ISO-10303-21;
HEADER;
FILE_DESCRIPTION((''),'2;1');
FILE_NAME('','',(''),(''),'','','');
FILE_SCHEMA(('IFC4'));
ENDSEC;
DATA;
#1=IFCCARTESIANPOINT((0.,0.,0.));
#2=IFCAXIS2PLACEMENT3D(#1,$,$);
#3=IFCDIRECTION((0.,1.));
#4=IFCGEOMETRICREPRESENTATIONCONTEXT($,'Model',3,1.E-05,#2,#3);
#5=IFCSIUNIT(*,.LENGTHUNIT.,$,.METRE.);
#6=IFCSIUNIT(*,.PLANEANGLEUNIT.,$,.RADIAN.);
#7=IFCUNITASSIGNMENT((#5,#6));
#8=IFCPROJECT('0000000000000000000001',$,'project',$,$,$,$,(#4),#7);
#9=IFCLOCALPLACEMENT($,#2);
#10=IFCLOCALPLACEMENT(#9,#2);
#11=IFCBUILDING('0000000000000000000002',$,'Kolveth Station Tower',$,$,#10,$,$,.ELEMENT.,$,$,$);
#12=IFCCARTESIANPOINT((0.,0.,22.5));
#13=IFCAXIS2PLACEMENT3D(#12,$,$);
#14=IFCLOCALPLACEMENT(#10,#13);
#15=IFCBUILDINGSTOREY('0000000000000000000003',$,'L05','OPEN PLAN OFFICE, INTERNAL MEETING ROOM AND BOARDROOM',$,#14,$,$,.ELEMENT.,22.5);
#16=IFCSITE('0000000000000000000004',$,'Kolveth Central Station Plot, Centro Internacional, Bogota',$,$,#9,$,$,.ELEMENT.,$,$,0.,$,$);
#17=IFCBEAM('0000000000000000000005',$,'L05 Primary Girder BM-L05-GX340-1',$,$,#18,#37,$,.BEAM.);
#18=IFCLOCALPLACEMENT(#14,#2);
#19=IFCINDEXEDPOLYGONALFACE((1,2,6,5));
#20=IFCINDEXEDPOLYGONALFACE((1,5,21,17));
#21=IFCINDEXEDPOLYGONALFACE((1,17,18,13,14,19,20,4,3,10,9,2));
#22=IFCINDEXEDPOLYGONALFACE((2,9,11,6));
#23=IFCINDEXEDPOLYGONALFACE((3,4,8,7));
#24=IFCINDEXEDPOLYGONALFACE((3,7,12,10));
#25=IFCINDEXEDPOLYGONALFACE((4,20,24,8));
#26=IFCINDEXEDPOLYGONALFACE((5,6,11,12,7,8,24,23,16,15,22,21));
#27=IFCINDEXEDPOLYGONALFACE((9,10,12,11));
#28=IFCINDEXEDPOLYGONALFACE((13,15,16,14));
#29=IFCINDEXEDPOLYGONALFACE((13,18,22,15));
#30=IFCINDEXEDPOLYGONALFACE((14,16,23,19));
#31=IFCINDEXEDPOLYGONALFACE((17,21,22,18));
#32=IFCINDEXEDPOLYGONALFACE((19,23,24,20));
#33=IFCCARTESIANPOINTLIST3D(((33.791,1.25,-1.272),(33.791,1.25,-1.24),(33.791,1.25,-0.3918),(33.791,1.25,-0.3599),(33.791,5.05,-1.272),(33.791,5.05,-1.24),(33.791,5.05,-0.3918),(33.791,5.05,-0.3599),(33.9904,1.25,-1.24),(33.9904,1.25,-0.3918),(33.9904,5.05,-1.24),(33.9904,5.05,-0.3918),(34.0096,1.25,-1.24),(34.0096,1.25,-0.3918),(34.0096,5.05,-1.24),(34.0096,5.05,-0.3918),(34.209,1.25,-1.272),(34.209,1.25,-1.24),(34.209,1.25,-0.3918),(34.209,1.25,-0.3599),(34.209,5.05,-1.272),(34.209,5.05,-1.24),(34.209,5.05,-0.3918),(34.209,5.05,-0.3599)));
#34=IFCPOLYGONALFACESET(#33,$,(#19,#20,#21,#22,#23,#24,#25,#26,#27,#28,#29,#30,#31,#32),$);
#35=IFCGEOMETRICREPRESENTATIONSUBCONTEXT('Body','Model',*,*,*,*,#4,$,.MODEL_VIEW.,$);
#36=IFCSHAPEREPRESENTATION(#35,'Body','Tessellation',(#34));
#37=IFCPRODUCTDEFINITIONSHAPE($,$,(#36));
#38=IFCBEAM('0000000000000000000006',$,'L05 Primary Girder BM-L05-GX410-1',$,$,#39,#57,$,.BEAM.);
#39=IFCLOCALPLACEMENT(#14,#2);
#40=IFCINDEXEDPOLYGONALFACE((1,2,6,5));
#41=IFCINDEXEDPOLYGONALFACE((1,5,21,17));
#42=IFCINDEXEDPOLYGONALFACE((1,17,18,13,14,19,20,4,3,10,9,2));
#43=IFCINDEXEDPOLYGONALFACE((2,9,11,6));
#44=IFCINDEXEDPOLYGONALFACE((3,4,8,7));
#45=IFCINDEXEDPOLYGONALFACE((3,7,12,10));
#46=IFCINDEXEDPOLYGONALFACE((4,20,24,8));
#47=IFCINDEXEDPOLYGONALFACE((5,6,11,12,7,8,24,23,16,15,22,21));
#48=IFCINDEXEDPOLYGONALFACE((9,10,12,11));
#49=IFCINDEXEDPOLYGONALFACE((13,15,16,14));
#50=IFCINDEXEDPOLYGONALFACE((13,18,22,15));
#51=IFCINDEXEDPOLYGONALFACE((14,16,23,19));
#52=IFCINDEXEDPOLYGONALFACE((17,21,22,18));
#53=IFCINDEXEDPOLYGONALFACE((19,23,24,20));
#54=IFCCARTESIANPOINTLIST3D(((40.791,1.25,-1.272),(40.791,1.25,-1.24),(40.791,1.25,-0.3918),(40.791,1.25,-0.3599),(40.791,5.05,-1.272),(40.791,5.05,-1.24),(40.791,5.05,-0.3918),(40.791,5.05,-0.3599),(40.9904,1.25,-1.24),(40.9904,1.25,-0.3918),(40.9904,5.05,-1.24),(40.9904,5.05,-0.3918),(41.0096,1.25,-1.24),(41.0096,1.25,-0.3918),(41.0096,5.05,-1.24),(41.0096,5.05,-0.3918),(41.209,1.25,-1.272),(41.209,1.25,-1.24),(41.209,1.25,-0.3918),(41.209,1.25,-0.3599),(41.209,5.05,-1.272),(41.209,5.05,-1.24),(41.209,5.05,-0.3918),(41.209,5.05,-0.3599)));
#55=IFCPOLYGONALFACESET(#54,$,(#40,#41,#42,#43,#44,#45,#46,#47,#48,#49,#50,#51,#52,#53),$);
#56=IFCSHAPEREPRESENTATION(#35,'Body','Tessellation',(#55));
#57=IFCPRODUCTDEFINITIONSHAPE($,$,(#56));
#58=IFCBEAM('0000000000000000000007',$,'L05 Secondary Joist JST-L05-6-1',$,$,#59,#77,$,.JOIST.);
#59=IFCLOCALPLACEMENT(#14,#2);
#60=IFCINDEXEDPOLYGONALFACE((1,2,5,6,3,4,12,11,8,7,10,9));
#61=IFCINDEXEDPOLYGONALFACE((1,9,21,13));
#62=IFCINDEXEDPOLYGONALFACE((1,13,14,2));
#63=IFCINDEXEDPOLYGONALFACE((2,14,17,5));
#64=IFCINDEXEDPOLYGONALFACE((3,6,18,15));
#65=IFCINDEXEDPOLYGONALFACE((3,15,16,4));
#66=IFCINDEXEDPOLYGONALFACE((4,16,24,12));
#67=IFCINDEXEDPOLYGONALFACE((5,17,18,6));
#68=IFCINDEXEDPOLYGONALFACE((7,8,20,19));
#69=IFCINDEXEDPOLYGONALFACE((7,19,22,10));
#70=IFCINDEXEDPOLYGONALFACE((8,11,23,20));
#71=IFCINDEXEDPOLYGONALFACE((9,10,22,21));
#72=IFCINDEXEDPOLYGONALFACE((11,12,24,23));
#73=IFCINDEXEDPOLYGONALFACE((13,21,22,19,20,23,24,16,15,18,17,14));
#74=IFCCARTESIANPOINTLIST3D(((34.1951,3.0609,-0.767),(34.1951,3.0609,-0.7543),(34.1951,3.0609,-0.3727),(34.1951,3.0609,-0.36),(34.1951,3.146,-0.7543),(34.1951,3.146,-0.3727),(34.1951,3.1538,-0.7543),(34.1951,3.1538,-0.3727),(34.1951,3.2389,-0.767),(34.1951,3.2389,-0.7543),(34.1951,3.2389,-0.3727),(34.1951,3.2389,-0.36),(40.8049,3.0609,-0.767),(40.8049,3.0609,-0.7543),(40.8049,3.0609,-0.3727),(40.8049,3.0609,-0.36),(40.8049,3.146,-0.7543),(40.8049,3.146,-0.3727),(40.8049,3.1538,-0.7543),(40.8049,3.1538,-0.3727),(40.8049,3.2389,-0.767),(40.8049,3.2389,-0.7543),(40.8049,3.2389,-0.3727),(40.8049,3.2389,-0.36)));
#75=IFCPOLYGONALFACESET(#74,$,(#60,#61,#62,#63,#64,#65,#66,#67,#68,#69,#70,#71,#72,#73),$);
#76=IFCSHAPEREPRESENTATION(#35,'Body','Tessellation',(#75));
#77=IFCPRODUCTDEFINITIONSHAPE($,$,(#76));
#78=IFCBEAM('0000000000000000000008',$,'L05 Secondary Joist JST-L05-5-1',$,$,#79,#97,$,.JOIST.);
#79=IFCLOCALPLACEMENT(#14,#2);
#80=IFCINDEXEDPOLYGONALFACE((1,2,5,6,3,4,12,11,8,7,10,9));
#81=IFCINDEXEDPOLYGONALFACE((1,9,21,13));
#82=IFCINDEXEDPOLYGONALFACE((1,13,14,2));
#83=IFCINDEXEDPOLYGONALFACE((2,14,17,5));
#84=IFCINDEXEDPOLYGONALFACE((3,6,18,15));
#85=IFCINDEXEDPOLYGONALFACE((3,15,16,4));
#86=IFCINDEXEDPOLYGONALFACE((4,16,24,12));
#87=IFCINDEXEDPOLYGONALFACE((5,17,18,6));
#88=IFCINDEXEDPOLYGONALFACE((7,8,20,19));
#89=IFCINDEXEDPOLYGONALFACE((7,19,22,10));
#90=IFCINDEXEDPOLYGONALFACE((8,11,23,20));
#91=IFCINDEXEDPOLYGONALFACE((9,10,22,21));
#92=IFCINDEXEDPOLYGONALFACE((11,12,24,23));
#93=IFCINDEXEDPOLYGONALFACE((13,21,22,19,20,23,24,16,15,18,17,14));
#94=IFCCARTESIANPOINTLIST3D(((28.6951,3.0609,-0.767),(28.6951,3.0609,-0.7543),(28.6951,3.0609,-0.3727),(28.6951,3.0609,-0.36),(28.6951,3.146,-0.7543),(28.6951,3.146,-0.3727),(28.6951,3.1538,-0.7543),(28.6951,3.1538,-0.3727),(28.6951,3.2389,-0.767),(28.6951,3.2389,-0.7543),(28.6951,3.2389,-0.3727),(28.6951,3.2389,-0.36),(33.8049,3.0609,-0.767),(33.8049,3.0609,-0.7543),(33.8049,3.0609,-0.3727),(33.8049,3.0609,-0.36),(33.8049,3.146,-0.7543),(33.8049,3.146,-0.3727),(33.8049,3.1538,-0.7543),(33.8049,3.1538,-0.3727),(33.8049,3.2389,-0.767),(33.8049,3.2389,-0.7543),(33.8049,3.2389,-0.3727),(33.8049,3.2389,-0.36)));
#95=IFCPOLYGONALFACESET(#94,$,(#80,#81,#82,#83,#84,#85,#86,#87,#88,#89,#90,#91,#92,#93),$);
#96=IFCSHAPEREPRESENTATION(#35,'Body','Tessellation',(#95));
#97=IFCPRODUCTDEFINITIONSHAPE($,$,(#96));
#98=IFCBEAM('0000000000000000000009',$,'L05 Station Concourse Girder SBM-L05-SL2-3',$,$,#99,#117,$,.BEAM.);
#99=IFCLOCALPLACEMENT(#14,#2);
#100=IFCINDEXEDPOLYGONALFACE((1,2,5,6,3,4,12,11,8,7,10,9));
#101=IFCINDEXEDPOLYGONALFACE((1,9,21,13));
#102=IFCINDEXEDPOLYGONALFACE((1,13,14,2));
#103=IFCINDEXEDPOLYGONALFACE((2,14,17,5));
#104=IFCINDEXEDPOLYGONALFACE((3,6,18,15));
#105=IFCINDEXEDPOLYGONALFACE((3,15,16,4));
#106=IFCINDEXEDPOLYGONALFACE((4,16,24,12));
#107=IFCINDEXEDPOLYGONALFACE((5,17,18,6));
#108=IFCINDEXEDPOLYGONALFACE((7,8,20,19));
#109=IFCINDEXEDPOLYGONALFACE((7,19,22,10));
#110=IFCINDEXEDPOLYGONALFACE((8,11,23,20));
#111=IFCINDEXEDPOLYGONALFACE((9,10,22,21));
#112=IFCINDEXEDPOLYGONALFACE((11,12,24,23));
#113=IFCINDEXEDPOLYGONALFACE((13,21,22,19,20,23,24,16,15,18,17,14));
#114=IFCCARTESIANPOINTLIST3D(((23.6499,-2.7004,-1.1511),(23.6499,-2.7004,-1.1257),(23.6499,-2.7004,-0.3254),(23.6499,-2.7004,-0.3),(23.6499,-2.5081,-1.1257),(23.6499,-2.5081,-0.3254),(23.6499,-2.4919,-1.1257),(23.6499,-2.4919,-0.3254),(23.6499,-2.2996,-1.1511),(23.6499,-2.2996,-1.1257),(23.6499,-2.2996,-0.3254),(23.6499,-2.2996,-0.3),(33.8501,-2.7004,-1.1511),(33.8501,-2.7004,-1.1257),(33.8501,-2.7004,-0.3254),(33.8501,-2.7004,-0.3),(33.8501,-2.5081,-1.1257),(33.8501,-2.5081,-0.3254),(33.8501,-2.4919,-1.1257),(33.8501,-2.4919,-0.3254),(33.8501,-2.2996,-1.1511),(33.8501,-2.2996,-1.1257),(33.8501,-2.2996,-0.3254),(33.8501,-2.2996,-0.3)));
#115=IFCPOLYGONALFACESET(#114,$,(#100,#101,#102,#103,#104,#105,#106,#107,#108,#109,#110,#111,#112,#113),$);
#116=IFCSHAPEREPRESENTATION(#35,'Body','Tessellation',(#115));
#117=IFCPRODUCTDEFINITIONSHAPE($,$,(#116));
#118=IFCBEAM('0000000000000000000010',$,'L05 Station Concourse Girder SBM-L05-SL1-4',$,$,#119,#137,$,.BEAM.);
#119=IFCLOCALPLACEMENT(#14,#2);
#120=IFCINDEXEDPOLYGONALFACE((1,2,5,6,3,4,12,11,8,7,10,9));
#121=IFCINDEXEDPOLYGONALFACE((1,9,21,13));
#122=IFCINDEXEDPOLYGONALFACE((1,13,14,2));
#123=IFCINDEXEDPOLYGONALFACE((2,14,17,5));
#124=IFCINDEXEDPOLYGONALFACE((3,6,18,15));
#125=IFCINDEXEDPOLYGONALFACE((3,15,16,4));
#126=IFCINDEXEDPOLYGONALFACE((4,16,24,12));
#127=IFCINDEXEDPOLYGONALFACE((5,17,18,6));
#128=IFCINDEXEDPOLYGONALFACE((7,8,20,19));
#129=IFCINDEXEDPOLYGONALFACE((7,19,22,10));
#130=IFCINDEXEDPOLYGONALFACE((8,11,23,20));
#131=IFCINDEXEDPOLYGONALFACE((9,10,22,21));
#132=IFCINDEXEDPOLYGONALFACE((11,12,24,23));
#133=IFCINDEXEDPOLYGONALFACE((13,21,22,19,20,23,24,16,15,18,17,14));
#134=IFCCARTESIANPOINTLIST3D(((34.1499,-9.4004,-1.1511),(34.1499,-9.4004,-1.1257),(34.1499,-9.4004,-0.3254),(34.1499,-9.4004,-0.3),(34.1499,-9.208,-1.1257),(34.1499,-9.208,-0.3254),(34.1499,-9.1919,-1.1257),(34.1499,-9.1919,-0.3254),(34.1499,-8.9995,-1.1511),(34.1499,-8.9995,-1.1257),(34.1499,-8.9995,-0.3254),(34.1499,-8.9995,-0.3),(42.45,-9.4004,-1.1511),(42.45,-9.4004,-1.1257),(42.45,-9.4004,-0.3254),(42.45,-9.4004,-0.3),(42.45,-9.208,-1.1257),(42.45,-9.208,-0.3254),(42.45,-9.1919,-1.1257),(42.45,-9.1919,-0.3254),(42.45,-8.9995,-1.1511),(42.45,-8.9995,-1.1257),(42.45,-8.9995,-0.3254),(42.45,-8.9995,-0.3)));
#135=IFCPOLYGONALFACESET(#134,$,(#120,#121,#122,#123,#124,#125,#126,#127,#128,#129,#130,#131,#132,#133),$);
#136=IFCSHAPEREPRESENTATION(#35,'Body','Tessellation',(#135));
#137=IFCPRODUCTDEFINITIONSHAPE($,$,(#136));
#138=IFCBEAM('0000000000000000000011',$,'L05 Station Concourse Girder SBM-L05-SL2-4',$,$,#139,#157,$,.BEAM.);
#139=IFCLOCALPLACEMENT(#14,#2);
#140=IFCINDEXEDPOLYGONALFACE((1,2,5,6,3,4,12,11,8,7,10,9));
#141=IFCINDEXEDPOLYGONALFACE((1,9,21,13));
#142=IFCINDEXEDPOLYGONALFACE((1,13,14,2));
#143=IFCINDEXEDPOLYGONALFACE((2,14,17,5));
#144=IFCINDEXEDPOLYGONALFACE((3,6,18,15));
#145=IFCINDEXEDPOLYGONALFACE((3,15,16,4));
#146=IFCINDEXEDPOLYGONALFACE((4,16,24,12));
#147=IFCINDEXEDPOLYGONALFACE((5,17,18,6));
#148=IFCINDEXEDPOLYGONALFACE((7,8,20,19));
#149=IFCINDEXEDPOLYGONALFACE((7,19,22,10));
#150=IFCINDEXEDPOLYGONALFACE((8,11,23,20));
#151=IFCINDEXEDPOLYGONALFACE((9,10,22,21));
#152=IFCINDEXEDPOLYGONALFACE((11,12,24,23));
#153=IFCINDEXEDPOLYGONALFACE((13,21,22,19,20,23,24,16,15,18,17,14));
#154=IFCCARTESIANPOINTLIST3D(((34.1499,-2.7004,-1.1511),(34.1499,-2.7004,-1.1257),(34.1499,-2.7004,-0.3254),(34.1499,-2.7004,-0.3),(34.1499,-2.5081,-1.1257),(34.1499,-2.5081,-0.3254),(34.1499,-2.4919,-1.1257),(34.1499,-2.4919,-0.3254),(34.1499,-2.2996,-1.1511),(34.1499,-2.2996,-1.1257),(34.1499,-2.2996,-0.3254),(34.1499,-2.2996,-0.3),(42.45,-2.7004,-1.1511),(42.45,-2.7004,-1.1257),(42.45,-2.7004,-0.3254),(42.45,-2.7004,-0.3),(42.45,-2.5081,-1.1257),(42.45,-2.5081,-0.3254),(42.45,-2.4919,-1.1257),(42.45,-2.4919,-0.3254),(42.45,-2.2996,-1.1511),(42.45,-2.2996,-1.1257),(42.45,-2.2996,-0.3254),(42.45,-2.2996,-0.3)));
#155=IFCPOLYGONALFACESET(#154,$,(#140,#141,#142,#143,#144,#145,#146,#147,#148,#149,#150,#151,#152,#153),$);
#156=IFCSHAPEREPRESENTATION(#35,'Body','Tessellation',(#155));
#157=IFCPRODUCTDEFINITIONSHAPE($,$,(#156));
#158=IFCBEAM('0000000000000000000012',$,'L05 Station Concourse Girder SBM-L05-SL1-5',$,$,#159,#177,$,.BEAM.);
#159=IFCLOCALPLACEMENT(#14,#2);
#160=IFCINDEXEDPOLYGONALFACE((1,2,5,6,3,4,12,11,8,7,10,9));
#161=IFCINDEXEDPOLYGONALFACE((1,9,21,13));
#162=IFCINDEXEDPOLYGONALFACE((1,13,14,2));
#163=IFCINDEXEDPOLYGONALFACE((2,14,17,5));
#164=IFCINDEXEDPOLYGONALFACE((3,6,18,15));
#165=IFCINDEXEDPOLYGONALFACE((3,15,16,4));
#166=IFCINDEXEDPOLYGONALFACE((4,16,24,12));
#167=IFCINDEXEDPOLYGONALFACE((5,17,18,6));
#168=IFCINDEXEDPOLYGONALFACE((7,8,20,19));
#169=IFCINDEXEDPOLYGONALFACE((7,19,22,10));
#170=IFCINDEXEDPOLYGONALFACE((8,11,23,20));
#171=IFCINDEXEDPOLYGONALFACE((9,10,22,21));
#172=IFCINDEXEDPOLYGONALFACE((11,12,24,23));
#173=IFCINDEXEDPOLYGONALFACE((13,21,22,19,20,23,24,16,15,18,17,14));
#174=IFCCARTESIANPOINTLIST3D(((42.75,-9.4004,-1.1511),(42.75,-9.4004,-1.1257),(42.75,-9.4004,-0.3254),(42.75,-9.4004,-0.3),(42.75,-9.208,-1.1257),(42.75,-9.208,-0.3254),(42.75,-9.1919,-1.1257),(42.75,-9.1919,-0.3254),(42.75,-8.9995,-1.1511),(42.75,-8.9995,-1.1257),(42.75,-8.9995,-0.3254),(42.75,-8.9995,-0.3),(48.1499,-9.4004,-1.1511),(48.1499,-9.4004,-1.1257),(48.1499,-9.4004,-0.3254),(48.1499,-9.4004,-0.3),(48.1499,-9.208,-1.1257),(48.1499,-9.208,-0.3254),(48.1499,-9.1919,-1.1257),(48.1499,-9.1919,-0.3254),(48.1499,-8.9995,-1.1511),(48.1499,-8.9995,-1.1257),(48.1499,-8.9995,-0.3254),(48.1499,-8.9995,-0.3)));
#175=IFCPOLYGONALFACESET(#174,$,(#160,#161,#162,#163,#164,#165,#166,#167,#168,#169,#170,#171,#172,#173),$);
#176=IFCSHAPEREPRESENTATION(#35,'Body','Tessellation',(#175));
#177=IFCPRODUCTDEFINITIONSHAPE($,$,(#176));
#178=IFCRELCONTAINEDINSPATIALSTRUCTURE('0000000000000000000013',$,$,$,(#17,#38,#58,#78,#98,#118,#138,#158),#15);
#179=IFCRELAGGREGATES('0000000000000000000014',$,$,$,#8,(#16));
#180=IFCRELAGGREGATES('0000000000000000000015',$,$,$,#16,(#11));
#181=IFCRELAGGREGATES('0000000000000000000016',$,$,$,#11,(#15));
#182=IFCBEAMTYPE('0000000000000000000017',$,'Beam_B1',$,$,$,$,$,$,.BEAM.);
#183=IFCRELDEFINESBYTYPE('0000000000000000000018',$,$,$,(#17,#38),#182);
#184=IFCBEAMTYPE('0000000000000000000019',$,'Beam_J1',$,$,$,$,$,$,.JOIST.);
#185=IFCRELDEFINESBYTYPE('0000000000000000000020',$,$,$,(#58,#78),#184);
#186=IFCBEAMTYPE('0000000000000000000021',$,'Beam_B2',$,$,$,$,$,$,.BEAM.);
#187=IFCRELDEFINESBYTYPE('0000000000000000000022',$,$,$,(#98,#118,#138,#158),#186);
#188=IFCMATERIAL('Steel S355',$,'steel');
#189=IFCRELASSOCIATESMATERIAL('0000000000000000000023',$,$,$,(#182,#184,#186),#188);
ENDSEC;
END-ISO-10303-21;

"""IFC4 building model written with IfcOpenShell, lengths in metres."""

from ifc_helpers import new_model, si_unit, direction, frame, origin, origin_2d, place, context, subcontext, project, spatial, i_section, extrude, source, transform, mapped, material, material_profile, profile_set, type_object, element, save


model = new_model("IFC4")

# Units and contexts
model_context = context("Model", 3, precision=1e-05, world=origin(), true_north=direction((0.0, 1.0)))
body_context = subcontext(model_context, "Body", "Model", "MODEL_VIEW")
ifc_project = project(units=[si_unit("LENGTHUNIT", "METRE"), si_unit("PLANEANGLEUNIT", "RADIAN")], contexts=[model_context])

# Site, building, storey
site_placement = place(None, origin())
site = spatial("IfcSite", under=ifc_project, at=site_placement, Name="Kolveth Central Station Plot, Centro Internacional, Bogota", CompositionType="ELEMENT", RefElevation=0.0)
building_placement = place(site_placement, origin())
building = spatial("IfcBuilding", under=site, at=building_placement, Name="Kolveth Station Tower", CompositionType="ELEMENT")
storey_placement = place(building_placement, frame((0.0, 0.0, 22.5)))
storey = spatial("IfcBuildingStorey", under=building, at=storey_placement, Name="L05", Description="OPEN PLAN OFFICE, INTERNAL MEETING ROOM AND BOARDROOM", CompositionType="ELEMENT", Elevation=22.5)

# Shared definitions
ifc_material_1 = material(Name="Steel S355", Category="steel")

# Beams
ifc_material_profile_1 = material_profile(ifc_material_1, i_section(OverallWidth=0.418, OverallDepth=0.9121, WebThickness=0.0193, FlangeThickness=0.032, at=origin_2d()), Name="W920x342")
ifc_profile_set_1 = profile_set([ifc_material_profile_1], Name="Steel S355")
beam_type_1 = type_object("IfcBeamType", Name="Beam_B1", PredefinedType="BEAM", material=ifc_profile_set_1)
shared_shape_1 = source(origin(), body_context, "Body", "SweptSolid", [
    extrude(i_section(OverallWidth=0.418, OverallDepth=0.9121, WebThickness=0.0193, FlangeThickness=0.032, at=origin_2d()), origin(), (0.0, 0.0, 1.0), 3.8),
])
for number, where, z_axis, x_axis, name in (
    (1, (34.0, 1.25, -0.8159), (0.0, 1.0, 0.0), (-1.0, 0.0, 0.0), "L05 Primary Girder BM-L05-GX340-1"),
    (2, (41.0, 1.25, -0.8159), (0.0, 1.0, 0.0), (-1.0, 0.0, 0.0), "L05 Primary Girder BM-L05-GX410-1"),
):
    element("IfcBeam", number, at=place(storey_placement, frame(where, z_axis=z_axis, x_axis=x_axis)), inside=storey, type_object=beam_type_1, Name=name, PredefinedType="BEAM", context=body_context, shape_type="MappedRepresentation", body=[
        mapped(shared_shape_1, transform((0.0, 0.0, 0.0), x_axis=(1.0, 0.0, 0.0), y_axis=(0.0, 1.0, 0.0), z_axis=(0.0, 0.0, 1.0), scale=1.0)),
    ])
ifc_material_profile_2 = material_profile(ifc_material_1, i_section(OverallWidth=0.178, OverallDepth=0.407, WebThickness=0.0078, FlangeThickness=0.0127, at=origin_2d()), Name="W410x60")
ifc_profile_set_2 = profile_set([ifc_material_profile_2], Name="Steel S355")
beam_type_2 = type_object("IfcBeamType", Name="Beam_J1", PredefinedType="JOIST", material=ifc_profile_set_2)
shared_shape_2 = source(origin(), body_context, "Body", "SweptSolid", [
    extrude(i_section(OverallWidth=0.178, OverallDepth=0.407, WebThickness=0.0078, FlangeThickness=0.0127, at=origin_2d()), origin(), (0.0, 0.0, 1.0), 6.6099),
])
beam_1_placement = place(storey_placement, frame((34.1951, 3.1499, -0.5635), z_axis=(1.0, 0.0, 0.0), x_axis=(0.0, 1.0, 0.0)))
element("IfcBeam", 3, at=beam_1_placement, inside=storey, type_object=beam_type_2, Name="L05 Secondary Joist JST-L05-6-1", PredefinedType="JOIST", context=body_context, shape_type="MappedRepresentation", body=[
    mapped(shared_shape_2, transform((0.0, 0.0, 0.0), x_axis=(1.0, 0.0, 0.0), y_axis=(0.0, 1.0, 0.0), z_axis=(0.0, 0.0, 1.0), scale=1.0)),
])
shared_shape_3 = source(origin(), body_context, "Body", "SweptSolid", [
    extrude(i_section(OverallWidth=0.178, OverallDepth=0.407, WebThickness=0.0078, FlangeThickness=0.0127, at=origin_2d()), origin(), (0.0, 0.0, 1.0), 5.1099),
])
beam_2_placement = place(storey_placement, frame((28.6951, 3.1499, -0.5635), z_axis=(1.0, 0.0, 0.0), x_axis=(0.0, 1.0, 0.0)))
element("IfcBeam", 4, at=beam_2_placement, inside=storey, type_object=beam_type_2, Name="L05 Secondary Joist JST-L05-5-1", PredefinedType="JOIST", context=body_context, shape_type="MappedRepresentation", body=[
    mapped(shared_shape_3, transform((0.0, 0.0, 0.0), x_axis=(1.0, 0.0, 0.0), y_axis=(0.0, 1.0, 0.0), z_axis=(0.0, 0.0, 1.0), scale=1.0)),
])
ifc_material_profile_3 = material_profile(ifc_material_1, i_section(OverallWidth=0.4009, OverallDepth=0.8511, WebThickness=0.0161, FlangeThickness=0.0254, at=origin_2d()), Name="W840x226")
ifc_profile_set_3 = profile_set([ifc_material_profile_3], Name="Steel S355")
beam_type_3 = type_object("IfcBeamType", Name="Beam_B2", PredefinedType="BEAM", material=ifc_profile_set_3)
shared_shape_4 = source(origin(), body_context, "Body", "SweptSolid", [
    extrude(i_section(OverallWidth=0.4009, OverallDepth=0.8511, WebThickness=0.0161, FlangeThickness=0.0254, at=origin_2d()), origin(), (0.0, 0.0, 1.0), 10.2002),
])
beam_3_placement = place(storey_placement, frame((23.6499, -2.5, -0.7256), z_axis=(1.0, 0.0, 0.0), x_axis=(0.0, 1.0, 0.0)))
element("IfcBeam", 5, at=beam_3_placement, inside=storey, type_object=beam_type_3, Name="L05 Station Concourse Girder SBM-L05-SL2-3", PredefinedType="BEAM", context=body_context, shape_type="MappedRepresentation", body=[
    mapped(shared_shape_4, transform((0.0, 0.0, 0.0), x_axis=(1.0, 0.0, 0.0), y_axis=(0.0, 1.0, 0.0), z_axis=(0.0, 0.0, 1.0), scale=1.0)),
])
shared_shape_5 = source(origin(), body_context, "Body", "SweptSolid", [
    extrude(i_section(OverallWidth=0.4009, OverallDepth=0.8511, WebThickness=0.0161, FlangeThickness=0.0254, at=origin_2d()), origin(), (0.0, 0.0, 1.0), 8.3),
])
for number, where, z_axis, x_axis, name in (
    (6, (34.1499, -9.2, -0.7256), (1.0, 0.0, 0.0), (0.0, 1.0, 0.0), "L05 Station Concourse Girder SBM-L05-SL1-4"),
    (7, (34.1499, -2.5, -0.7256), (1.0, 0.0, 0.0), (0.0, 1.0, 0.0), "L05 Station Concourse Girder SBM-L05-SL2-4"),
):
    element("IfcBeam", number, at=place(storey_placement, frame(where, z_axis=z_axis, x_axis=x_axis)), inside=storey, type_object=beam_type_3, Name=name, PredefinedType="BEAM", context=body_context, shape_type="MappedRepresentation", body=[
        mapped(shared_shape_5, transform((0.0, 0.0, 0.0), x_axis=(1.0, 0.0, 0.0), y_axis=(0.0, 1.0, 0.0), z_axis=(0.0, 0.0, 1.0), scale=1.0)),
    ])
shared_shape_6 = source(origin(), body_context, "Body", "SweptSolid", [
    extrude(i_section(OverallWidth=0.4009, OverallDepth=0.8511, WebThickness=0.0161, FlangeThickness=0.0254, at=origin_2d()), origin(), (0.0, 0.0, 1.0), 5.3999),
])
for number, where, z_axis, x_axis, name in (
    (8, (42.75, -9.2, -0.7256), (1.0, 0.0, 0.0), (0.0, 1.0, 0.0), "L05 Station Concourse Girder SBM-L05-SL1-5"),
):
    element("IfcBeam", number, at=place(storey_placement, frame(where, z_axis=z_axis, x_axis=x_axis)), inside=storey, type_object=beam_type_3, Name=name, PredefinedType="BEAM", context=body_context, shape_type="MappedRepresentation", body=[
        mapped(shared_shape_6, transform((0.0, 0.0, 0.0), x_axis=(1.0, 0.0, 0.0), y_axis=(0.0, 1.0, 0.0), z_axis=(0.0, 0.0, 1.0), scale=1.0)),
    ])

save(model, "model.ifc")
